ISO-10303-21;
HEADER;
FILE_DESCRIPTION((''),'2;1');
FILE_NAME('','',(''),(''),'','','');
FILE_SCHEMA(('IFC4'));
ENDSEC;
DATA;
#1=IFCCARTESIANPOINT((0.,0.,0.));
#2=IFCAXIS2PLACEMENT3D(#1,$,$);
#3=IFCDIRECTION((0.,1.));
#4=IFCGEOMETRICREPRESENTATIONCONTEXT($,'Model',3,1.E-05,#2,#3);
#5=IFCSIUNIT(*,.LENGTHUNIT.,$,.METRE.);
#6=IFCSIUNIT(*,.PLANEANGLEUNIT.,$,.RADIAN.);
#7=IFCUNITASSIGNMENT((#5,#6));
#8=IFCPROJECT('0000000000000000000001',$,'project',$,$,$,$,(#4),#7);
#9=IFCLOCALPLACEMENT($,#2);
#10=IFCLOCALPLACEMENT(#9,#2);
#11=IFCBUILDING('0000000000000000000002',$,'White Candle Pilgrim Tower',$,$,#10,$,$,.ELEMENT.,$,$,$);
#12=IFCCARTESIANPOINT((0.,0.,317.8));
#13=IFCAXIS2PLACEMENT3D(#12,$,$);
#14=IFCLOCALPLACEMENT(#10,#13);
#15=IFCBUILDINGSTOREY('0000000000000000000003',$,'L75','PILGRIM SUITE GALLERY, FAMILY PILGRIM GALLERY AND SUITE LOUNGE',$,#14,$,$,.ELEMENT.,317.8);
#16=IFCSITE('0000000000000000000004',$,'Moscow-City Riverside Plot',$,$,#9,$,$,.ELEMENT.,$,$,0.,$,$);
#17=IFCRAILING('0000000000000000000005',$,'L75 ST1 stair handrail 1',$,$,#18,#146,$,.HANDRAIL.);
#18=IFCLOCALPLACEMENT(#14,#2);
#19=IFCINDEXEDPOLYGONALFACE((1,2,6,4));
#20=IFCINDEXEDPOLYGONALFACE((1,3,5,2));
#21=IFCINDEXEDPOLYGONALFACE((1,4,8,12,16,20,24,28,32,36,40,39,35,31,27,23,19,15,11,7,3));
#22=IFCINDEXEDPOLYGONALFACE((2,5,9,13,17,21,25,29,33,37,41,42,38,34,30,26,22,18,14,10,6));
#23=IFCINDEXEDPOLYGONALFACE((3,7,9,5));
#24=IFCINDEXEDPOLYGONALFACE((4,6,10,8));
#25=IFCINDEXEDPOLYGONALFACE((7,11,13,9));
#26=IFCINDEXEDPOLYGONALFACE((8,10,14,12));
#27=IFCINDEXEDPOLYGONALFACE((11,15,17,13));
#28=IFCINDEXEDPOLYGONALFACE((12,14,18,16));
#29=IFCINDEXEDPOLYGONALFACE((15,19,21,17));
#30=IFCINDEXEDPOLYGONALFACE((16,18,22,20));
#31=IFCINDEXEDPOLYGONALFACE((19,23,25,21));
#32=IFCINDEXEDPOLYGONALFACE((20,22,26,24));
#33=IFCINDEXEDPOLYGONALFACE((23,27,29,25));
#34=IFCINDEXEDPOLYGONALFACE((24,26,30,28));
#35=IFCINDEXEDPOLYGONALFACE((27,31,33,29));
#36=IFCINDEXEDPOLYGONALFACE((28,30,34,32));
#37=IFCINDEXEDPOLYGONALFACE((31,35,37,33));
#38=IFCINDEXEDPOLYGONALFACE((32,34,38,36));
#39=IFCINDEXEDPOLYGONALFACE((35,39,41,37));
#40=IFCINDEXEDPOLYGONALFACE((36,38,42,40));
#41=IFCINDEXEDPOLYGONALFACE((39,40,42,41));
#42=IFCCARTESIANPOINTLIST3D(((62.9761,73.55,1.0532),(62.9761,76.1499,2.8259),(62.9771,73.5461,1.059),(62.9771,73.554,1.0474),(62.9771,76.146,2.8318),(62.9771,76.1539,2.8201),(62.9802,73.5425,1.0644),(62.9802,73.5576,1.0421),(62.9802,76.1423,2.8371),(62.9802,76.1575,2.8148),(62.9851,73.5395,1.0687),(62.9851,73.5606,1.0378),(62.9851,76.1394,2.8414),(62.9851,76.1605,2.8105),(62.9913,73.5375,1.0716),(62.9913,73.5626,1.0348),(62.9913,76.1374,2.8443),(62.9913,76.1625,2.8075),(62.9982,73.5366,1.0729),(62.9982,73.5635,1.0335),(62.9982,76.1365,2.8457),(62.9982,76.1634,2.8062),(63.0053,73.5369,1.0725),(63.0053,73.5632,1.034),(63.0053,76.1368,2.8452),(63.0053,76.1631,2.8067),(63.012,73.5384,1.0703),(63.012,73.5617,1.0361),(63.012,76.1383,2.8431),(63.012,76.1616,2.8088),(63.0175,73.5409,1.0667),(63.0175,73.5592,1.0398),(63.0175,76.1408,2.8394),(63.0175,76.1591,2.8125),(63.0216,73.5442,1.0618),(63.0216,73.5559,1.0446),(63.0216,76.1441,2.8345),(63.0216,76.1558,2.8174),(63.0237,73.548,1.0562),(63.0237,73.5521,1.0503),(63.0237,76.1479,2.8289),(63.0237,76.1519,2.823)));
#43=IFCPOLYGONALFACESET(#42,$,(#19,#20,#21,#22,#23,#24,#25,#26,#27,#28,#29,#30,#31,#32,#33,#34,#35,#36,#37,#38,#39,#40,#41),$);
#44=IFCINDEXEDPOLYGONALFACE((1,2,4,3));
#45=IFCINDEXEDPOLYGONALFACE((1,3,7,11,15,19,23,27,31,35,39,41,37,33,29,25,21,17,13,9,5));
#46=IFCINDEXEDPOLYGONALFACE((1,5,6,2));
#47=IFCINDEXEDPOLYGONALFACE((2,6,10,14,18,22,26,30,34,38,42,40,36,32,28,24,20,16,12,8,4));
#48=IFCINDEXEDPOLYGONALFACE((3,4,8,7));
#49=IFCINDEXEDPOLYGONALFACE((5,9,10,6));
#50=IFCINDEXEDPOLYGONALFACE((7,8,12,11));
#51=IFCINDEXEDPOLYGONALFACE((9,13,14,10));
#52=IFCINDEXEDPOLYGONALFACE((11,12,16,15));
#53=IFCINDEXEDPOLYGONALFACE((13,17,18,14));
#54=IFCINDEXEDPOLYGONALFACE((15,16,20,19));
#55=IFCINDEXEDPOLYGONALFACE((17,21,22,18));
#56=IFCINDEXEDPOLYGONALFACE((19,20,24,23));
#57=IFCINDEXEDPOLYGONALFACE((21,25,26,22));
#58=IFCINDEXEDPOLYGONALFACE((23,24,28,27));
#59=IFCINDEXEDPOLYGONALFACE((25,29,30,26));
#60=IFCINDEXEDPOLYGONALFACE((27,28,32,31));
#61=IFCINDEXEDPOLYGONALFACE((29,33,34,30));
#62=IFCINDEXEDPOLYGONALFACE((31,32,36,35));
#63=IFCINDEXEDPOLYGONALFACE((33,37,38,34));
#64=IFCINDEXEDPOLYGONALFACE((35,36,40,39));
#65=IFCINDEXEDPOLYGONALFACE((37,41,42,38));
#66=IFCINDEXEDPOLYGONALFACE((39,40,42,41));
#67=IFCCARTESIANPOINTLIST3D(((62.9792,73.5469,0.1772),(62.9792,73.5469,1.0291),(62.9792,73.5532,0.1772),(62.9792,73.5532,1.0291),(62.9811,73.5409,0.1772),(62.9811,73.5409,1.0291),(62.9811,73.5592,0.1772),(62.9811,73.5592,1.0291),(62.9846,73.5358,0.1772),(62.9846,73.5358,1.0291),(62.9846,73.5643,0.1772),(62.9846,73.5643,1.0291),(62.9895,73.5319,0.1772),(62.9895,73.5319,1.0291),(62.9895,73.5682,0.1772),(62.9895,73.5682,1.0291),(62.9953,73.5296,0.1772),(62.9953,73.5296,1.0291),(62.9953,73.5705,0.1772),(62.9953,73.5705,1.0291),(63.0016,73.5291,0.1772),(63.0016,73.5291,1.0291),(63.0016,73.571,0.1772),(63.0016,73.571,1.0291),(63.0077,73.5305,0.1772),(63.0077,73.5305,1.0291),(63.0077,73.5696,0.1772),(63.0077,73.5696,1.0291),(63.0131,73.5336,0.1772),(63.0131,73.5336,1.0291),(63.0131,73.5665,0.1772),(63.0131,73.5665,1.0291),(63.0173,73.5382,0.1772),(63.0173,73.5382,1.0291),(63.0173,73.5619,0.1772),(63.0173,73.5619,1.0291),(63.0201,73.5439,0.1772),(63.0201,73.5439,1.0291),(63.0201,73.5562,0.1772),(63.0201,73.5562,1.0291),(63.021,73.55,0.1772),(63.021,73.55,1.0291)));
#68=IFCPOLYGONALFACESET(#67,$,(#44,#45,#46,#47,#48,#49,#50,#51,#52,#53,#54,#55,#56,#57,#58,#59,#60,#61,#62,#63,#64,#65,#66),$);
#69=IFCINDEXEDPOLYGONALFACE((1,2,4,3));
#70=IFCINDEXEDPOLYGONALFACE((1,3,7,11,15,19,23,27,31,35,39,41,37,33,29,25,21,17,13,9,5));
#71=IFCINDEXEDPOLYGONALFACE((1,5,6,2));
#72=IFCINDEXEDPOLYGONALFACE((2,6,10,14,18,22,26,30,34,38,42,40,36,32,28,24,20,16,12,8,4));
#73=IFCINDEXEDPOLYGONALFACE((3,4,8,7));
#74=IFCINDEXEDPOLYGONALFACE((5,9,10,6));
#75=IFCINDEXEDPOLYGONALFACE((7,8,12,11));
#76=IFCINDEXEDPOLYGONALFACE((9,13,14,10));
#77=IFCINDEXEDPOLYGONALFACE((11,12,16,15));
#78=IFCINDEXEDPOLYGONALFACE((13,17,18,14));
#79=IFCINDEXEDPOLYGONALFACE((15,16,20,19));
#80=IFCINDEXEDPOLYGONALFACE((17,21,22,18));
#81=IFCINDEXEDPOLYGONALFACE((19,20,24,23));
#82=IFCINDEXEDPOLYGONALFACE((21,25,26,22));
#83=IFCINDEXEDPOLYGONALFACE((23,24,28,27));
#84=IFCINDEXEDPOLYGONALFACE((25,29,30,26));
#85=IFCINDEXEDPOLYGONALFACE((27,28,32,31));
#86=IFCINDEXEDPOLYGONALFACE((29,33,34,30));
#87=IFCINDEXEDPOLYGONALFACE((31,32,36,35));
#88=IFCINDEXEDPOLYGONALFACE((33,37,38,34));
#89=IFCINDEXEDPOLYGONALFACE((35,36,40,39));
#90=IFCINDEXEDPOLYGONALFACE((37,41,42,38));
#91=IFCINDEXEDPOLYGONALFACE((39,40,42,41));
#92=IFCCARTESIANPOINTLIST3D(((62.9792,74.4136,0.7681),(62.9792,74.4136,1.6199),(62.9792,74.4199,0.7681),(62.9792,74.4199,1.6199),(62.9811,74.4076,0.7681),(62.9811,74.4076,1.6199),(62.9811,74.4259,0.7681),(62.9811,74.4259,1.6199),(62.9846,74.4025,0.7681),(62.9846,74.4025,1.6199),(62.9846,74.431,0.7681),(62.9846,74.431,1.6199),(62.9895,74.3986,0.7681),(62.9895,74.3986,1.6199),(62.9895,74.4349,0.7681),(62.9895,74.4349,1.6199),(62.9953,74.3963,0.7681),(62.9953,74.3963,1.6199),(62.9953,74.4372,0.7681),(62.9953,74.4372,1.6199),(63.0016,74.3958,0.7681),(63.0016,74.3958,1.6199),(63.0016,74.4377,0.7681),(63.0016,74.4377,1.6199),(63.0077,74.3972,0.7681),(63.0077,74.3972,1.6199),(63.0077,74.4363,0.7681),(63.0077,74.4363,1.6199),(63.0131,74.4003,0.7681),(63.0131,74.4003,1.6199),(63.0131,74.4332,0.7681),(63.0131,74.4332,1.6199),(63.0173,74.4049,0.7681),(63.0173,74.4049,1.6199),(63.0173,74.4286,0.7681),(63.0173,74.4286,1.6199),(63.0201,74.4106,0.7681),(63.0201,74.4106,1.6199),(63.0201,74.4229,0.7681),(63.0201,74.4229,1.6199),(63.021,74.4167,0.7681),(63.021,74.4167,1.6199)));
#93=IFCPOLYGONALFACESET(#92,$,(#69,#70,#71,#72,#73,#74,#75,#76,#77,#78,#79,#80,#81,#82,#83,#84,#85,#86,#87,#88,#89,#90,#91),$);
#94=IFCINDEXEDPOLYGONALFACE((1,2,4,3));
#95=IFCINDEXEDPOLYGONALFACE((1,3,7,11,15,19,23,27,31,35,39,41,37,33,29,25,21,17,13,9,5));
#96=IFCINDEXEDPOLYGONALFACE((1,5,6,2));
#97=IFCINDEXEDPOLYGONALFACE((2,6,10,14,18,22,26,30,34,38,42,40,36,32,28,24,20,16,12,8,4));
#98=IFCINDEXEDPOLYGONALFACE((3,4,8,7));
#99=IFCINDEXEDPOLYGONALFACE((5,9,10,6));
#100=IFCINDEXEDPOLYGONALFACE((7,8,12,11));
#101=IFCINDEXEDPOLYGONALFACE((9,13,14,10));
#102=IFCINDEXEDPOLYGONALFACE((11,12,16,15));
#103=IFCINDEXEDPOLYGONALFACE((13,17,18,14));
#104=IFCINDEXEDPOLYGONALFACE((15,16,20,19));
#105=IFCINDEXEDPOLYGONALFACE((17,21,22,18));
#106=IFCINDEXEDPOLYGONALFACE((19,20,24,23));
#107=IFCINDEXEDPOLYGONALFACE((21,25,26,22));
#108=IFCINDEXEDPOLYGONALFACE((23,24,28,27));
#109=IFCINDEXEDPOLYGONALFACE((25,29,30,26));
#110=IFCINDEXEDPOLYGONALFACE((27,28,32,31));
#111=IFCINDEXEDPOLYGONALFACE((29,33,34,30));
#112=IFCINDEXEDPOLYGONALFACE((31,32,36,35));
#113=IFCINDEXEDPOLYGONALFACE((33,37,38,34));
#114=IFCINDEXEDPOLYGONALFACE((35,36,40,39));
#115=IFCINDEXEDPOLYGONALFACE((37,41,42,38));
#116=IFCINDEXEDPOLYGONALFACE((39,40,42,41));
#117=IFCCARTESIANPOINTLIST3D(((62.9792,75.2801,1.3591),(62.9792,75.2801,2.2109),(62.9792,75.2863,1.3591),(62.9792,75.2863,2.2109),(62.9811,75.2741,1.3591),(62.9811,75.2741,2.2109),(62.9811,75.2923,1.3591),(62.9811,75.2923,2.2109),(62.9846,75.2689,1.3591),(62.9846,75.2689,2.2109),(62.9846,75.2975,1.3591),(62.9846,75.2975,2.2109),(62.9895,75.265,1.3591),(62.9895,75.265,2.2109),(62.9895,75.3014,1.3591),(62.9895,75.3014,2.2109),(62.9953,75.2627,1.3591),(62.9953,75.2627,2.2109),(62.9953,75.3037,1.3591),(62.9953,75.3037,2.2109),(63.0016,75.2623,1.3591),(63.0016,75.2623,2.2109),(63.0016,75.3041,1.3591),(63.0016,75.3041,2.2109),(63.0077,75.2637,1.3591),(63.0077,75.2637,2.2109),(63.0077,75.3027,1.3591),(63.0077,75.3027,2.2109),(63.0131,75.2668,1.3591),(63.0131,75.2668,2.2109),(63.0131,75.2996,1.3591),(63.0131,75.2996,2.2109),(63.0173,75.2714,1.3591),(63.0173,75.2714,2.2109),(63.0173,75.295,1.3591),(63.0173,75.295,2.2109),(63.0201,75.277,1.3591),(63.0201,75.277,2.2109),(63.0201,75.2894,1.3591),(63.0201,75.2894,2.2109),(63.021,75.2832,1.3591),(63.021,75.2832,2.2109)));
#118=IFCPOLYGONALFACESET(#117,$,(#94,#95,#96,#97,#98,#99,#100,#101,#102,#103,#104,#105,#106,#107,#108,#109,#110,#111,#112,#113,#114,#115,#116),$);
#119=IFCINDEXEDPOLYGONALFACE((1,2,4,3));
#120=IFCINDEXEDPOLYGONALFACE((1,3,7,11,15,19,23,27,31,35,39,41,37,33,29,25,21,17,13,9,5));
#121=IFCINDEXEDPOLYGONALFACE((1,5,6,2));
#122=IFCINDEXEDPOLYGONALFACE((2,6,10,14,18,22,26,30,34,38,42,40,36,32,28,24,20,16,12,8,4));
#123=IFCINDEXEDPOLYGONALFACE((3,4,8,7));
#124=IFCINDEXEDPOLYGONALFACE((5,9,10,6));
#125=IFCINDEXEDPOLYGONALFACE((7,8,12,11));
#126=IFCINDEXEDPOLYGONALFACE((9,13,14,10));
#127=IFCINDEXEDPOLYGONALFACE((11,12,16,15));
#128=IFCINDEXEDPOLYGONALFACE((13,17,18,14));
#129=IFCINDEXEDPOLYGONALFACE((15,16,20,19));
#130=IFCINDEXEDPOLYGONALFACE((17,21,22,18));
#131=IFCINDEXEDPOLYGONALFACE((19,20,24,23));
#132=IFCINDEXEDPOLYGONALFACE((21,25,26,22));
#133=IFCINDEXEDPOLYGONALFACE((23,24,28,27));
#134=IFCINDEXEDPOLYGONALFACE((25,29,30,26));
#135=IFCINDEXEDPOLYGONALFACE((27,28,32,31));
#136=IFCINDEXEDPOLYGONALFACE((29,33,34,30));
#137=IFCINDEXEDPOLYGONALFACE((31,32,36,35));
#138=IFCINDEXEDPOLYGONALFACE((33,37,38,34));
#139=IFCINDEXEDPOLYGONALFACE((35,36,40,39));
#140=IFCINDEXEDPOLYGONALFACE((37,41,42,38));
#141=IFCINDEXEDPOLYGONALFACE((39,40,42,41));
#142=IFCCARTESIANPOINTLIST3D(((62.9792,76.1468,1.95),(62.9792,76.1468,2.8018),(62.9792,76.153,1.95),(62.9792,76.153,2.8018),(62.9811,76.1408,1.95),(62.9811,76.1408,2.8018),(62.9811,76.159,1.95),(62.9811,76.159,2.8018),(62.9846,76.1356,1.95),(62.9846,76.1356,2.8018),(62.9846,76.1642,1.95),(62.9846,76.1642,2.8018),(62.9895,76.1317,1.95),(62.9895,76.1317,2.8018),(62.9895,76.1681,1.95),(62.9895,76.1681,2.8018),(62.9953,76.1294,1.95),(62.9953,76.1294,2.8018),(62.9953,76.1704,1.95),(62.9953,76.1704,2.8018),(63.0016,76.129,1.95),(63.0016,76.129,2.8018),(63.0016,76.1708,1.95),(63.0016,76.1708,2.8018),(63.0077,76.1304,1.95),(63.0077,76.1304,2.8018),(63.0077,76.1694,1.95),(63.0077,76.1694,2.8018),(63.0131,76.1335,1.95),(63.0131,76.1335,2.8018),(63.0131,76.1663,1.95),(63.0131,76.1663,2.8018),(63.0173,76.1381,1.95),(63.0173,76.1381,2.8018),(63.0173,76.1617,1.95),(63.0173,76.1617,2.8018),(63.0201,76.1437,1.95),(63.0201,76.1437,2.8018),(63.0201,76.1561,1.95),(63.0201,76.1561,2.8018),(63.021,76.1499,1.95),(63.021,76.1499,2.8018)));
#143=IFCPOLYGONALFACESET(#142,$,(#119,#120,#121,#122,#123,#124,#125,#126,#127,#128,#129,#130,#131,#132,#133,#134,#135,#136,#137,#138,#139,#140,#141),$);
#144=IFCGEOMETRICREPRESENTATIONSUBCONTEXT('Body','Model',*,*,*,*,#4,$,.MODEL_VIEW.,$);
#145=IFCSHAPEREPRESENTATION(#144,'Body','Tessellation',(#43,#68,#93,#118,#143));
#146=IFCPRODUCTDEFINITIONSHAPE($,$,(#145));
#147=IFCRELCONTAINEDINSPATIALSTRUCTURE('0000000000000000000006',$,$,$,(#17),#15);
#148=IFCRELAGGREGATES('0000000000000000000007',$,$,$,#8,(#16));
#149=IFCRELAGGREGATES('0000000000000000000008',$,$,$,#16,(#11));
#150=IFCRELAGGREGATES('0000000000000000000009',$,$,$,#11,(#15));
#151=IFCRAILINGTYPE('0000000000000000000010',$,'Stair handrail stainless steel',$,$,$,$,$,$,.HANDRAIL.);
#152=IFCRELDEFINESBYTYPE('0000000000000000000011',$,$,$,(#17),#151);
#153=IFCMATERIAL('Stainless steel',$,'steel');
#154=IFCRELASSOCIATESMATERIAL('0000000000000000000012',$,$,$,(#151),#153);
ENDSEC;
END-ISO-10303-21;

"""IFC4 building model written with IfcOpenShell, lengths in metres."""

from ifc_helpers import new_model, si_unit, direction, frame, origin, origin_2d, place, context, subcontext, project, spatial, circle, extrude, material, type_object, element, save


model = new_model("IFC4")

# Units and contexts
model_context = context("Model", 3, precision=1e-05, world=origin(), true_north=direction((0.0, 1.0)))
body_context = subcontext(model_context, "Body", "Model", "MODEL_VIEW")
ifc_project = project(units=[si_unit("LENGTHUNIT", "METRE"), si_unit("PLANEANGLEUNIT", "RADIAN")], contexts=[model_context])

# Site, building, storey
site_placement = place(None, origin())
site = spatial("IfcSite", under=ifc_project, at=site_placement, Name="Moscow-City Riverside Plot", CompositionType="ELEMENT", RefElevation=0.0)
building_placement = place(site_placement, origin())
building = spatial("IfcBuilding", under=site, at=building_placement, Name="White Candle Pilgrim Tower", CompositionType="ELEMENT")
storey_placement = place(building_placement, frame((0.0, 0.0, 317.8)))
storey = spatial("IfcBuildingStorey", under=building, at=storey_placement, Name="L75", Description="PILGRIM SUITE GALLERY, FAMILY PILGRIM GALLERY AND SUITE LOUNGE", CompositionType="ELEMENT", Elevation=317.8)

# Railing
ifc_material_1 = material(Name="Stainless steel", Category="steel")
railing_type_1 = type_object("IfcRailingType", Name="Stair handrail stainless steel", PredefinedType="HANDRAIL", material=ifc_material_1)
railing_1_placement = place(storey_placement, frame((63.0, 73.55, 0.1772)))
element("IfcRailing", 1, at=railing_1_placement, inside=storey, type_object=railing_type_1, Name="L75 ST1 stair handrail 1", PredefinedType="HANDRAIL", context=body_context, shape_type="SweptSolid", body=[
    extrude(circle(Radius=0.0239, at=origin_2d()), frame((0.0, 0.0, 0.876), z_axis=(0.0, 0.826216, 0.563354), x_axis=(-1.0, 0.0, 0.0)), (0.0, 0.0, 1.0), 3.1467),
    extrude(circle(Radius=0.021, at=origin_2d()), origin(), (0.0, 0.0, 1.0), 0.8518),
    extrude(circle(Radius=0.021, at=origin_2d()), frame((0.0, 0.8667, 0.5908)), (0.0, 0.0, 1.0), 0.8518),
    extrude(circle(Radius=0.021, at=origin_2d()), frame((0.0, 1.7332, 1.1819)), (0.0, 0.0, 1.0), 0.8518),
    extrude(circle(Radius=0.021, at=origin_2d()), frame((0.0, 2.5999, 1.7727)), (0.0, 0.0, 1.0), 0.8518),
])

save(model, "model.ifc")
